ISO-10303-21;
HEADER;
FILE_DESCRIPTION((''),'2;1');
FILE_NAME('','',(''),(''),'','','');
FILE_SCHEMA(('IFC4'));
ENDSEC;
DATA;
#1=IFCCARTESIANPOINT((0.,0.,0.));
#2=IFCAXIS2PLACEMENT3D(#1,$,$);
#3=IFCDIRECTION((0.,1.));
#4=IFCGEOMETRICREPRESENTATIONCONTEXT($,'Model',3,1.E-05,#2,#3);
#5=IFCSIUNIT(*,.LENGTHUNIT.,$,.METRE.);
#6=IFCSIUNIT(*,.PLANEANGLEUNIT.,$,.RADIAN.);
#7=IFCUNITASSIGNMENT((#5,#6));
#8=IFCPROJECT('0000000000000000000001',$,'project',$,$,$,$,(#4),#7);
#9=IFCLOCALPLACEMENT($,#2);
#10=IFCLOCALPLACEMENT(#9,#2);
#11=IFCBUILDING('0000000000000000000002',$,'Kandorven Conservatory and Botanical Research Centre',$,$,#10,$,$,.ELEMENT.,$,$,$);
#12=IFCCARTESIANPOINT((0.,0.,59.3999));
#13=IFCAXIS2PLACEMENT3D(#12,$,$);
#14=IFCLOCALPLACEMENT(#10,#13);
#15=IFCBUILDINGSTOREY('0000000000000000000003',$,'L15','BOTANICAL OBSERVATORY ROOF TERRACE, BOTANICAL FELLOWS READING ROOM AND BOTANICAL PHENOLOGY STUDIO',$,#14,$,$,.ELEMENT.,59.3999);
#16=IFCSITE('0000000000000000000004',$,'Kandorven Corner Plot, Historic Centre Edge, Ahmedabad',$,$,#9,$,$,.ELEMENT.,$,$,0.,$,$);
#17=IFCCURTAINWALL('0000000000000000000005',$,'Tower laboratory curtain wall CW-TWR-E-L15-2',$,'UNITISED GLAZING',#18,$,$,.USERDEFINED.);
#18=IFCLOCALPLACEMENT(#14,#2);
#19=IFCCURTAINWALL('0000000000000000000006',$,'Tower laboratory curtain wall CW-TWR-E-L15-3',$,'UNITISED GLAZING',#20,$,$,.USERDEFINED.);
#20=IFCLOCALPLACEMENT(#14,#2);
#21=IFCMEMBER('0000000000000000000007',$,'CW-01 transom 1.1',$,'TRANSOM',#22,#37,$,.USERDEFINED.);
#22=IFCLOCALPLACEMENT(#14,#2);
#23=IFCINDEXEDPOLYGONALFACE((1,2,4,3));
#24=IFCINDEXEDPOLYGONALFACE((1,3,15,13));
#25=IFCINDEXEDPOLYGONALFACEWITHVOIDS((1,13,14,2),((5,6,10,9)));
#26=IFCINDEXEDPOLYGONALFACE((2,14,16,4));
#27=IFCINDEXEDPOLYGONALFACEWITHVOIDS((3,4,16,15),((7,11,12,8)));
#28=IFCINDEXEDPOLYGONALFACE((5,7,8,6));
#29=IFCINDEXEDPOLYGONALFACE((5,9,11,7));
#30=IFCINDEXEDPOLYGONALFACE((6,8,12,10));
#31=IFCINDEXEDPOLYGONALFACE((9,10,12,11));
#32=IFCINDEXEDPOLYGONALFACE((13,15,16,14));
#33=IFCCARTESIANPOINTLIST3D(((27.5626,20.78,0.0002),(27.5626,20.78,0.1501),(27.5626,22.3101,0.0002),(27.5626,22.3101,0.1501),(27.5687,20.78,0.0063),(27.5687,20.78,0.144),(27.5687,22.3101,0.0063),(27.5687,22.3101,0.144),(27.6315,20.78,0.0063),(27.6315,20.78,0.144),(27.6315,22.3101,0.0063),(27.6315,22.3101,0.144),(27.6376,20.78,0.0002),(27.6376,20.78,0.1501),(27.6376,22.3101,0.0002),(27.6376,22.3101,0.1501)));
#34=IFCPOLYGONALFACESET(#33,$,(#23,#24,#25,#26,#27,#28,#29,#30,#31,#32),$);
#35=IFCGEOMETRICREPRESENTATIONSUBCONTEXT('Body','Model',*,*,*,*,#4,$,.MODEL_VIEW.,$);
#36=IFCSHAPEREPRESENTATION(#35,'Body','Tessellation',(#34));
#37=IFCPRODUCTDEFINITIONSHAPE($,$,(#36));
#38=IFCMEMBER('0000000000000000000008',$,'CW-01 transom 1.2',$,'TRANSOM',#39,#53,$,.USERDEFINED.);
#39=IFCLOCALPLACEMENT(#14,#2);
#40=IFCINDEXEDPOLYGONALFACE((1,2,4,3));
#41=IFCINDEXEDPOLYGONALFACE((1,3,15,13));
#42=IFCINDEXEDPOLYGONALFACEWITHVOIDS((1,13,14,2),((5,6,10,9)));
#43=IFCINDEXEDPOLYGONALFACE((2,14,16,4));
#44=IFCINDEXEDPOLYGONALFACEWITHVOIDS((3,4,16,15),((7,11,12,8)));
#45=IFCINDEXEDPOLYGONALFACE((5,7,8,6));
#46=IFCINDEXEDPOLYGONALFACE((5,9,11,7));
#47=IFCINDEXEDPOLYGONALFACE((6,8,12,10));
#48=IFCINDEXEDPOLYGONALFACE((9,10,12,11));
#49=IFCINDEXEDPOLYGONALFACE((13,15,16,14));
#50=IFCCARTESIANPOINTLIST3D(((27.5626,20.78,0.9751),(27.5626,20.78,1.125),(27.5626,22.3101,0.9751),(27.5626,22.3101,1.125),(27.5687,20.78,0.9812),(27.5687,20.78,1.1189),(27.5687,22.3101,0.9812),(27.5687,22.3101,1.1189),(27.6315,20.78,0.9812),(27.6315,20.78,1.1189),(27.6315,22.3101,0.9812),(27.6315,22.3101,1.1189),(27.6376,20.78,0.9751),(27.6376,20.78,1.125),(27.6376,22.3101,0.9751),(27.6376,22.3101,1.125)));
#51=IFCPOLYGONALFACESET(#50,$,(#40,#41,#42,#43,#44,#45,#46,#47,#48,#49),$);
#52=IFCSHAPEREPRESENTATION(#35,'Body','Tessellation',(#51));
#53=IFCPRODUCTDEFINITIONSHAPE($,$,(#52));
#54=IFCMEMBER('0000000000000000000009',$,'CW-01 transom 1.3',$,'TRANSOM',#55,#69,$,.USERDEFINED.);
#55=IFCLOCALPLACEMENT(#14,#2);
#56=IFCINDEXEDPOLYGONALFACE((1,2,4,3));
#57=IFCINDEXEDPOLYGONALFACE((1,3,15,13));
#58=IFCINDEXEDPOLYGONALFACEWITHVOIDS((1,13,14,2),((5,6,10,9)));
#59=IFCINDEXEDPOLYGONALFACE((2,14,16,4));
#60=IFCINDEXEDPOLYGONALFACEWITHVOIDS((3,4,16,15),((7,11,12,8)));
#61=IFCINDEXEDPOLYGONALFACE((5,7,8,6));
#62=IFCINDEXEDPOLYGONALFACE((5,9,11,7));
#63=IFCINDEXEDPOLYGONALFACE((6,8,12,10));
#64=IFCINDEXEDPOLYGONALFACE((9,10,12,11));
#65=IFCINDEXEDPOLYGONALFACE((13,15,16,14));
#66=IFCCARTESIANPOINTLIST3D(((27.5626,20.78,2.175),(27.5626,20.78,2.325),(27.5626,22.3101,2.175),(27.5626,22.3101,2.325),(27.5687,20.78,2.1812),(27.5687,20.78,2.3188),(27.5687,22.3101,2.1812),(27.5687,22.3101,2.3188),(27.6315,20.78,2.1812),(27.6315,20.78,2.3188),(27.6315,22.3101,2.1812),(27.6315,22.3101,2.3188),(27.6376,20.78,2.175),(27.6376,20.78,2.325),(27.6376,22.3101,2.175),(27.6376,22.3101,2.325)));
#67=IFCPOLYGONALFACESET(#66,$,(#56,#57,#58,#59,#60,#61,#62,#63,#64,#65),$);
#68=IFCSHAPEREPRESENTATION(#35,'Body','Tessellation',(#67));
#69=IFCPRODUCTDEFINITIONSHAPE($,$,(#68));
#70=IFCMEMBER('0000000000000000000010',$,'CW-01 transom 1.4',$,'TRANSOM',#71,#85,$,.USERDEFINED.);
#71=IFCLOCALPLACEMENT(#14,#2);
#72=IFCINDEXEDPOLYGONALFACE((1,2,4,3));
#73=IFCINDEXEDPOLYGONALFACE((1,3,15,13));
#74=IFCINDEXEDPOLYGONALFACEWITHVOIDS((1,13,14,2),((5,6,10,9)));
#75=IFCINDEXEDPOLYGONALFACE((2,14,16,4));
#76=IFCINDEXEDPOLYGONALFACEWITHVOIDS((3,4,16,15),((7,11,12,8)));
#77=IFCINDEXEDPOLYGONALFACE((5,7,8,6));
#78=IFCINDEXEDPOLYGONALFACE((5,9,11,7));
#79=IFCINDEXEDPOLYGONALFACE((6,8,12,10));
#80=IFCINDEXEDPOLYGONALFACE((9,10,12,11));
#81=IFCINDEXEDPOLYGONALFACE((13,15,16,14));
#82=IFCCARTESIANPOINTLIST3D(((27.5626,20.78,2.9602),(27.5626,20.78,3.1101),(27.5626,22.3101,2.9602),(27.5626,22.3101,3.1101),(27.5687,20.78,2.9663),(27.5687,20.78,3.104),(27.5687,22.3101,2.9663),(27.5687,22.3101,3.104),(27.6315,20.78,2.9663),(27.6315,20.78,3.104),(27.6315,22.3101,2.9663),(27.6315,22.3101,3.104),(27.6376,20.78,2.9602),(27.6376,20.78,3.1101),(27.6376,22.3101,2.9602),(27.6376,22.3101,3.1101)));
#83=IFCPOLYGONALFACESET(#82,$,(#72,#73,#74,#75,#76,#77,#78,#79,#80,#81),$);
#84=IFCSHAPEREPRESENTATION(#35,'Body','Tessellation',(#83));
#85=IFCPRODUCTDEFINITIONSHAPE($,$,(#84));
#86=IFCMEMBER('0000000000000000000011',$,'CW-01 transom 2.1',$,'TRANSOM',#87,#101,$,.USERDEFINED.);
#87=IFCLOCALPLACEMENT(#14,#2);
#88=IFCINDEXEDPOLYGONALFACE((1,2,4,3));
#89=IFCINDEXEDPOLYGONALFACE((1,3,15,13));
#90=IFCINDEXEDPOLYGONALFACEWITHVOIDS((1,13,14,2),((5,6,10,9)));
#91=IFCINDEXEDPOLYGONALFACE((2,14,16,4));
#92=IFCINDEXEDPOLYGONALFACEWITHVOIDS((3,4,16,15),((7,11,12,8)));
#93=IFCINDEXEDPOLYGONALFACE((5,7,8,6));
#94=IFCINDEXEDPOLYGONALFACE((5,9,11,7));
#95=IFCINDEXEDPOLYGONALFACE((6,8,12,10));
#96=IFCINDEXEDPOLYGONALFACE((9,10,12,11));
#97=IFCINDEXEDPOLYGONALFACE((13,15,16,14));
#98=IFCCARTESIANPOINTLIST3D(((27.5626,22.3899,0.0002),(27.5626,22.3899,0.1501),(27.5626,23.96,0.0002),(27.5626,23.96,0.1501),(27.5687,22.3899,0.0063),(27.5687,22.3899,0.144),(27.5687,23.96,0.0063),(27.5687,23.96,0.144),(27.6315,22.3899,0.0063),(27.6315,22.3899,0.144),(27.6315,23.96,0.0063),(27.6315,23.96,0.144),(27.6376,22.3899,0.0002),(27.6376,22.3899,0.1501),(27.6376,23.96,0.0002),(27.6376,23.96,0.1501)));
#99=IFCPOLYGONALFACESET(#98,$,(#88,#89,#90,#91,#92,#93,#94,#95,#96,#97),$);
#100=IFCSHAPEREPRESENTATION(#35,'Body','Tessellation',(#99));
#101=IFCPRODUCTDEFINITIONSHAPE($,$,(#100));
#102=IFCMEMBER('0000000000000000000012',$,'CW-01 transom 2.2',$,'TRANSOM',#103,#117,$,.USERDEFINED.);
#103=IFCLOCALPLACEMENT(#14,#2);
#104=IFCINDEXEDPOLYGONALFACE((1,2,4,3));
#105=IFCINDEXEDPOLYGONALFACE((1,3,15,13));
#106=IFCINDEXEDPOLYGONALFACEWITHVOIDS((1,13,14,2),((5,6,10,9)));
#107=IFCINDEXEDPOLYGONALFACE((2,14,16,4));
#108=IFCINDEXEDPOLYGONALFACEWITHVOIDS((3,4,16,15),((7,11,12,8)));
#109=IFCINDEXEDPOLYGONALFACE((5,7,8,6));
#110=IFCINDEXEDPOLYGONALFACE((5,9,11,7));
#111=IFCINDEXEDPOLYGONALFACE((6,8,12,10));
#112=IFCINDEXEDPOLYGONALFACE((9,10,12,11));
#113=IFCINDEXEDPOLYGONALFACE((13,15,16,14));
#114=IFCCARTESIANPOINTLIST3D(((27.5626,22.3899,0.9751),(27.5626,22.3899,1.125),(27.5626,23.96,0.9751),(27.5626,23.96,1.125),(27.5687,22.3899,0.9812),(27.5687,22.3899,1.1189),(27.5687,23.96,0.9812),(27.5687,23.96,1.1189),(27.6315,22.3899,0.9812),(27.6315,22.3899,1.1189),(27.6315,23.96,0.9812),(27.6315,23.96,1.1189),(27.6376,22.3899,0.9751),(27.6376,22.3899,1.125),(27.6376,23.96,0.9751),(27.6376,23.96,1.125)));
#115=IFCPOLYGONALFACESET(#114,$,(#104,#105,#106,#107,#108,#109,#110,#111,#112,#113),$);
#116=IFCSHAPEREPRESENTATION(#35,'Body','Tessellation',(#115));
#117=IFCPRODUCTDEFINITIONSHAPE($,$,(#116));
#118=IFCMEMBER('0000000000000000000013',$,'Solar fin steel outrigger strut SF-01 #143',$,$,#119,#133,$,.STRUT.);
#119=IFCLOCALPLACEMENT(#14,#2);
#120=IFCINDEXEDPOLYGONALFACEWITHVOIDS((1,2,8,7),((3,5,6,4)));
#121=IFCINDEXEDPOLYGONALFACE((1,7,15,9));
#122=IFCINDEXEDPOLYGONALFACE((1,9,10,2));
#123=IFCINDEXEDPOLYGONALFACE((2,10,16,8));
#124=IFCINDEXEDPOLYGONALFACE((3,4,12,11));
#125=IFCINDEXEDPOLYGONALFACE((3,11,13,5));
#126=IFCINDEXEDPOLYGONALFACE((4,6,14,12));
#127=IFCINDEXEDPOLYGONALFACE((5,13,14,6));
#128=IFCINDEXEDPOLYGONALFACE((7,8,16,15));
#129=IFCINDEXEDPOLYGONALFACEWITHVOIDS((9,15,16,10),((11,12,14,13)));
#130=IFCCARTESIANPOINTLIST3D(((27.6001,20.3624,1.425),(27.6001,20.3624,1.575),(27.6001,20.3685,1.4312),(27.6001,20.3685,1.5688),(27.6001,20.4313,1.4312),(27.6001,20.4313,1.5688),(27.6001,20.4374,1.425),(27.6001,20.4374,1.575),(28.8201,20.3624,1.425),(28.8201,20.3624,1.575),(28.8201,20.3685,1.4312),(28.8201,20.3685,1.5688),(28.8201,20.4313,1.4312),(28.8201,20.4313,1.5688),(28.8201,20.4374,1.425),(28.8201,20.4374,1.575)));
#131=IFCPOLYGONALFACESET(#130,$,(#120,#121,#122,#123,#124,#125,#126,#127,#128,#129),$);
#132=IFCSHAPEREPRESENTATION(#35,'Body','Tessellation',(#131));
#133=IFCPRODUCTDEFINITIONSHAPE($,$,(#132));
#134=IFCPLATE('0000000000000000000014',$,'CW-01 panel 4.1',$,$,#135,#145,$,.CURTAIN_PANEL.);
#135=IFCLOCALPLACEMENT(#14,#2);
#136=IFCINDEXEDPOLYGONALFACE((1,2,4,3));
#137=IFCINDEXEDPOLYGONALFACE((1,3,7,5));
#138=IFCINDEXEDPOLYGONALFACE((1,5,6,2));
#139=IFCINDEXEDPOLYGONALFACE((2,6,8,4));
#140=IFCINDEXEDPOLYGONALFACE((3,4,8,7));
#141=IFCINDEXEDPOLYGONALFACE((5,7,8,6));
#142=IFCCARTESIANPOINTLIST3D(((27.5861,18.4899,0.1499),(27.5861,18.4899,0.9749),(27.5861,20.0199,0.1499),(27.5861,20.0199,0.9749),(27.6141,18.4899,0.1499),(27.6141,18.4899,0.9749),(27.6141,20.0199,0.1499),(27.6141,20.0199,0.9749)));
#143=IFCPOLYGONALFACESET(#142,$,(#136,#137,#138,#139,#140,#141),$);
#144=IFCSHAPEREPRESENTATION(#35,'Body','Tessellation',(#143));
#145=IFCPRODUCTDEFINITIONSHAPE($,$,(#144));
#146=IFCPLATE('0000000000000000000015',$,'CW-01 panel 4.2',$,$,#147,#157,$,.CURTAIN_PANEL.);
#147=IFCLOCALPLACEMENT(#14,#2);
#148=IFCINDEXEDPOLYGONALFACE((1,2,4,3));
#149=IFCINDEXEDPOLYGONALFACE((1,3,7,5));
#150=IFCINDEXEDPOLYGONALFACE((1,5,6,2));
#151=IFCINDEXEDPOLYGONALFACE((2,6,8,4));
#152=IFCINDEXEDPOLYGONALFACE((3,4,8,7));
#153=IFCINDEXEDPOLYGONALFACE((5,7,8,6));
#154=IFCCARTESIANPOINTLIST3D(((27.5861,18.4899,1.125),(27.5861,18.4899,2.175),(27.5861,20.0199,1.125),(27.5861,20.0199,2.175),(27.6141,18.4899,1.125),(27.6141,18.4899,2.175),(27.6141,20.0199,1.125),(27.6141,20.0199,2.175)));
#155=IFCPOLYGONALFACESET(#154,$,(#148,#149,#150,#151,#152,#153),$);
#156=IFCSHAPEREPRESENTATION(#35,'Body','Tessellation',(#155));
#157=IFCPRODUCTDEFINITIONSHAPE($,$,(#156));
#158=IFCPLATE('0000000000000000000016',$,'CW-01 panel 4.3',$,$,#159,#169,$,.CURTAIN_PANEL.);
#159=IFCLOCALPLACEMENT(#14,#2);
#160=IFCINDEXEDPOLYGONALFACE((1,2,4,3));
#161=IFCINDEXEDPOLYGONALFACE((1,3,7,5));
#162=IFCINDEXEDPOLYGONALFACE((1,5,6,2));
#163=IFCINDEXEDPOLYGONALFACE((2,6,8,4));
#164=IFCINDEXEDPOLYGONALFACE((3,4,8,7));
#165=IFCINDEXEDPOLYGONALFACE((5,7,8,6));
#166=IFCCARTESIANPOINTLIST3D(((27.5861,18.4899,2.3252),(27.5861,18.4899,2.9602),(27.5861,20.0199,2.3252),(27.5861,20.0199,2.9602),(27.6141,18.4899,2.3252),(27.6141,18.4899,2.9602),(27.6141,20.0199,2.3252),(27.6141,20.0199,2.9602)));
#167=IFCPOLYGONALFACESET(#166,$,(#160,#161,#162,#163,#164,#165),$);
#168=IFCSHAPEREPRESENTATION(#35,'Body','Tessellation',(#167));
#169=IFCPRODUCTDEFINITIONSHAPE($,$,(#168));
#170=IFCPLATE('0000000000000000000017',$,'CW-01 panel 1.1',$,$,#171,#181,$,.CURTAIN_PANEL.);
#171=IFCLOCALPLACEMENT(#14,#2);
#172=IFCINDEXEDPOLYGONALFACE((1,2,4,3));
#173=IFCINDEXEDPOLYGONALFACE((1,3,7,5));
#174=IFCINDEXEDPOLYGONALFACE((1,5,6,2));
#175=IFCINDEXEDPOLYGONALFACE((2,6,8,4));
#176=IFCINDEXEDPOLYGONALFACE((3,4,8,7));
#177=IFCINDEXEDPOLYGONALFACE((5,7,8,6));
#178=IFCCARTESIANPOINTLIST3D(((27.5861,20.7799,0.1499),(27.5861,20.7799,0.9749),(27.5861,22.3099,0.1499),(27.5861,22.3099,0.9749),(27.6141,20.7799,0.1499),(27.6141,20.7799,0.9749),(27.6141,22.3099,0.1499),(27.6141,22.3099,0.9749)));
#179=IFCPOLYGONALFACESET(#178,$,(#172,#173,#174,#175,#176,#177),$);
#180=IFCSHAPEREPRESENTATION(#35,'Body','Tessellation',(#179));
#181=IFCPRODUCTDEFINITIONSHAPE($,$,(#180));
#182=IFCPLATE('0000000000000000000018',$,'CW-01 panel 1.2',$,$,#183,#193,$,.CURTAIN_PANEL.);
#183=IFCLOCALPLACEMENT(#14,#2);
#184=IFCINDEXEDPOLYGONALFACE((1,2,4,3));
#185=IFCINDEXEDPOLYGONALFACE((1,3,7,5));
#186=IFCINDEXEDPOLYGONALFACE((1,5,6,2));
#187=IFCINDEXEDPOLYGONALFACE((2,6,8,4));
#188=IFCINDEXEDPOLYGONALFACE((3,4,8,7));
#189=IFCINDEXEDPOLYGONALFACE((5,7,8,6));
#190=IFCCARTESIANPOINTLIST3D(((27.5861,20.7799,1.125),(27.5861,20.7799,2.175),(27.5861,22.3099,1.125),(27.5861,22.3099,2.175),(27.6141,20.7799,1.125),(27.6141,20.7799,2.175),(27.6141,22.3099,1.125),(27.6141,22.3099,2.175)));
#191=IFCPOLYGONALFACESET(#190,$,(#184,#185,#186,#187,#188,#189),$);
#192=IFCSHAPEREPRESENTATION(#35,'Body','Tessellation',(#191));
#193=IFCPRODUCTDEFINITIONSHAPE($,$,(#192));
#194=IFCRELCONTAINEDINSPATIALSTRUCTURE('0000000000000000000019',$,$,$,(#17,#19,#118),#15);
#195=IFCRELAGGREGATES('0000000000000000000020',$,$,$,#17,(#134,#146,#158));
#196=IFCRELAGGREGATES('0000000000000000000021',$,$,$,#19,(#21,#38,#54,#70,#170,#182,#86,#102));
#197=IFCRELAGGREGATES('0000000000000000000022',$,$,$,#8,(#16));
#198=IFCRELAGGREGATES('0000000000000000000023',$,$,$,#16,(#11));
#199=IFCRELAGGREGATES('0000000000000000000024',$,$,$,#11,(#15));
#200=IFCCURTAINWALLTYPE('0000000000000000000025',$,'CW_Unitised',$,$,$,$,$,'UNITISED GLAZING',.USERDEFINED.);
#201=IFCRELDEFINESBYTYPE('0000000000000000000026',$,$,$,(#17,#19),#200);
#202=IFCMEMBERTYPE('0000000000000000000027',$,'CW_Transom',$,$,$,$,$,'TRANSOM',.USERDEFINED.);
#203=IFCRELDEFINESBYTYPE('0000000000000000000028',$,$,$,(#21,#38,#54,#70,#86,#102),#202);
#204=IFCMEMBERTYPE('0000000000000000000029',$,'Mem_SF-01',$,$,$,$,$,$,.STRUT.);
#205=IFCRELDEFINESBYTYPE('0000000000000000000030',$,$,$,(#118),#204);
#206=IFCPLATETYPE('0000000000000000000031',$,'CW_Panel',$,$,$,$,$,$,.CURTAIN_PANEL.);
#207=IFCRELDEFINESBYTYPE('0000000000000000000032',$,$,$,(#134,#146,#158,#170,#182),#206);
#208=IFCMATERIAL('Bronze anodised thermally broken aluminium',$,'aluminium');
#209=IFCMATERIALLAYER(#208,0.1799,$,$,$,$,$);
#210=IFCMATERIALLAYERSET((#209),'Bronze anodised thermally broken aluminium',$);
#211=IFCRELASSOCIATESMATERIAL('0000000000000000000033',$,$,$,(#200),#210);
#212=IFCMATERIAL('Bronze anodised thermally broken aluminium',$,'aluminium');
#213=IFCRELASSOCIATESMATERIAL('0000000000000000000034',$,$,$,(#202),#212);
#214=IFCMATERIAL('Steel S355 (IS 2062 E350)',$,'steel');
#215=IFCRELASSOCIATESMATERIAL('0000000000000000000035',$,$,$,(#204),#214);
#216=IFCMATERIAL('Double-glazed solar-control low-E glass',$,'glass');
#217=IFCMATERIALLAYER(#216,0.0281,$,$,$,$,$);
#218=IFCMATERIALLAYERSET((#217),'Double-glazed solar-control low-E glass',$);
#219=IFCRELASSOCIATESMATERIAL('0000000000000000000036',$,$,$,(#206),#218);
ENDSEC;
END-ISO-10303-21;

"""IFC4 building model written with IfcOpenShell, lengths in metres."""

from ifc_helpers import new_model, si_unit, direction, frame, origin, origin_2d, place, context, subcontext, project, spatial, rectangle, hollow_rectangle, extrude, material, layer, layer_set, material_profile, profile_set, type_object, element, aggregate, save


model = new_model("IFC4")

# Units and contexts
model_context = context("Model", 3, precision=1e-05, world=origin(), true_north=direction((0.0, 1.0)))
body_context = subcontext(model_context, "Body", "Model", "MODEL_VIEW")
ifc_project = project(units=[si_unit("LENGTHUNIT", "METRE"), si_unit("PLANEANGLEUNIT", "RADIAN")], contexts=[model_context])

# Site, building, storey
site_placement = place(None, origin())
site = spatial("IfcSite", under=ifc_project, at=site_placement, Name="Kandorven Corner Plot, Historic Centre Edge, Ahmedabad", CompositionType="ELEMENT", RefElevation=0.0)
building_placement = place(site_placement, origin())
building = spatial("IfcBuilding", under=site, at=building_placement, Name="Kandorven Conservatory and Botanical Research Centre", CompositionType="ELEMENT")
storey_placement = place(building_placement, frame((0.0, 0.0, 59.3999)))
storey = spatial("IfcBuildingStorey", under=building, at=storey_placement, Name="L15", Description="BOTANICAL OBSERVATORY ROOF TERRACE, BOTANICAL FELLOWS READING ROOM AND BOTANICAL PHENOLOGY STUDIO", CompositionType="ELEMENT", Elevation=59.3999)

# Curtain walls
ifc_material_1 = material(Name="Bronze anodised thermally broken aluminium", Category="aluminium")
ifc_layer_1 = layer(ifc_material_1, 0.1799)
ifc_layer_set_1 = layer_set([ifc_layer_1], Name="Bronze anodised thermally broken aluminium")
curtain_wall_type = type_object("IfcCurtainWallType", Name="CW_Unitised", ElementType="UNITISED GLAZING", PredefinedType="USERDEFINED", material=ifc_layer_set_1)
curtain_wall_1_placement = place(storey_placement, origin())
curtain_wall_1 = element("IfcCurtainWall", 1, at=curtain_wall_1_placement, inside=storey, type_object=curtain_wall_type, Name="Tower laboratory curtain wall CW-TWR-E-L15-2", ObjectType="UNITISED GLAZING", PredefinedType="USERDEFINED")
curtain_wall_2_placement = place(storey_placement, origin())
curtain_wall_2 = element("IfcCurtainWall", 2, at=curtain_wall_2_placement, inside=storey, type_object=curtain_wall_type, Name="Tower laboratory curtain wall CW-TWR-E-L15-3", ObjectType="UNITISED GLAZING", PredefinedType="USERDEFINED")

# Members
ifc_material_2 = material(Name="Bronze anodised thermally broken aluminium", Category="aluminium")
ifc_material_profile_1 = material_profile(ifc_material_2, hollow_rectangle(XDim=0.075, YDim=0.1499, WallThickness=0.0061, at=origin_2d()))
ifc_profile_set_1 = profile_set([ifc_material_profile_1], Name="Bronze anodised thermally broken aluminium")
member_type_1 = type_object("IfcMemberType", Name="CW_Transom", ElementType="TRANSOM", PredefinedType="USERDEFINED", material=ifc_profile_set_1)
member_1_placement = place(storey_placement, frame((27.6001, 20.78, 0.0752), z_axis=(0.0, 1.0, 0.0), x_axis=(-1.0, 0.0, 0.0)))
member_1 = element("IfcMember", 3, at=member_1_placement, type_object=member_type_1, Name="CW-01 transom 1.1", ObjectType="TRANSOM", PredefinedType="USERDEFINED", context=body_context, shape_type="SweptSolid", body=[
    extrude(hollow_rectangle(XDim=0.075, YDim=0.1499, WallThickness=0.0061, at=origin_2d()), origin(), (0.0, 0.0, 1.0), 1.53),
])
member_2_placement = place(storey_placement, frame((27.6001, 20.78, 1.05), z_axis=(0.0, 1.0, 0.0), x_axis=(-1.0, 0.0, 0.0)))
member_2 = element("IfcMember", 4, at=member_2_placement, type_object=member_type_1, Name="CW-01 transom 1.2", ObjectType="TRANSOM", PredefinedType="USERDEFINED", context=body_context, shape_type="SweptSolid", body=[
    extrude(hollow_rectangle(XDim=0.075, YDim=0.1499, WallThickness=0.0061, at=origin_2d()), origin(), (0.0, 0.0, 1.0), 1.53),
])
member_3_placement = place(storey_placement, frame((27.6001, 20.78, 2.25), z_axis=(0.0, 1.0, 0.0), x_axis=(-1.0, 0.0, 0.0)))
member_3 = element("IfcMember", 5, at=member_3_placement, type_object=member_type_1, Name="CW-01 transom 1.3", ObjectType="TRANSOM", PredefinedType="USERDEFINED", context=body_context, shape_type="SweptSolid", body=[
    extrude(hollow_rectangle(XDim=0.075, YDim=0.1499, WallThickness=0.0061, at=origin_2d()), origin(), (0.0, 0.0, 1.0), 1.53),
])
member_4_placement = place(storey_placement, frame((27.6001, 20.78, 3.0352), z_axis=(0.0, 1.0, 0.0), x_axis=(-1.0, 0.0, 0.0)))
member_4 = element("IfcMember", 6, at=member_4_placement, type_object=member_type_1, Name="CW-01 transom 1.4", ObjectType="TRANSOM", PredefinedType="USERDEFINED", context=body_context, shape_type="SweptSolid", body=[
    extrude(hollow_rectangle(XDim=0.075, YDim=0.1499, WallThickness=0.0061, at=origin_2d()), origin(), (0.0, 0.0, 1.0), 1.53),
])
member_5_placement = place(storey_placement, frame((27.6001, 22.3899, 0.0752), z_axis=(0.0, 1.0, 0.0), x_axis=(-1.0, 0.0, 0.0)))
member_5 = element("IfcMember", 7, at=member_5_placement, type_object=member_type_1, Name="CW-01 transom 2.1", ObjectType="TRANSOM", PredefinedType="USERDEFINED", context=body_context, shape_type="SweptSolid", body=[
    extrude(hollow_rectangle(XDim=0.075, YDim=0.1499, WallThickness=0.0061, at=origin_2d()), origin(), (0.0, 0.0, 1.0), 1.5701),
])
member_6_placement = place(storey_placement, frame((27.6001, 22.3899, 1.05), z_axis=(0.0, 1.0, 0.0), x_axis=(-1.0, 0.0, 0.0)))
member_6 = element("IfcMember", 8, at=member_6_placement, type_object=member_type_1, Name="CW-01 transom 2.2", ObjectType="TRANSOM", PredefinedType="USERDEFINED", context=body_context, shape_type="SweptSolid", body=[
    extrude(hollow_rectangle(XDim=0.075, YDim=0.1499, WallThickness=0.0061, at=origin_2d()), origin(), (0.0, 0.0, 1.0), 1.5701),
])
ifc_material_3 = material(Name="Steel S355 (IS 2062 E350)", Category="steel")
ifc_material_profile_2 = material_profile(ifc_material_3, hollow_rectangle(XDim=0.075, YDim=0.1499, WallThickness=0.0061, at=origin_2d()))
ifc_profile_set_2 = profile_set([ifc_material_profile_2], Name="Steel S355 (IS 2062 E350)")
member_type_2 = type_object("IfcMemberType", Name="Mem_SF-01", PredefinedType="STRUT", material=ifc_profile_set_2)
member_7_placement = place(storey_placement, frame((27.6001, 20.3999, 1.5), z_axis=(1.0, 0.0, 0.0), x_axis=(0.0, 1.0, 0.0)))
element("IfcMember", 9, at=member_7_placement, inside=storey, type_object=member_type_2, Name="Solar fin steel outrigger strut SF-01 #143", PredefinedType="STRUT", context=body_context, shape_type="SweptSolid", body=[
    extrude(hollow_rectangle(XDim=0.075, YDim=0.1499, WallThickness=0.0061, at=origin_2d()), origin(), (0.0, 0.0, 1.0), 1.22),
])

# Plates
ifc_material_4 = material(Name="Double-glazed solar-control low-E glass", Category="glass")
ifc_layer_2 = layer(ifc_material_4, 0.0281)
ifc_layer_set_2 = layer_set([ifc_layer_2], Name="Double-glazed solar-control low-E glass")
plate_type_1 = type_object("IfcPlateType", Name="CW_Panel", PredefinedType="CURTAIN_PANEL", material=ifc_layer_set_2)
plate_1_placement = place(storey_placement, frame((27.6001, 19.2549, 0.1499), z_axis=(0.0, 0.0, 1.0), x_axis=(0.0, 1.0, 0.0)))
plate_1 = element("IfcPlate", 10, at=plate_1_placement, type_object=plate_type_1, Name="CW-01 panel 4.1", PredefinedType="CURTAIN_PANEL", context=body_context, shape_type="SweptSolid", body=[
    extrude(rectangle(XDim=1.53, YDim=0.0281, at=origin_2d()), origin(), (0.0, 0.0, 1.0), 0.825),
])
plate_2_placement = place(storey_placement, frame((27.6001, 19.2549, 1.125), z_axis=(0.0, 0.0, 1.0), x_axis=(0.0, 1.0, 0.0)))
plate_2 = element("IfcPlate", 11, at=plate_2_placement, type_object=plate_type_1, Name="CW-01 panel 4.2", PredefinedType="CURTAIN_PANEL", context=body_context, shape_type="SweptSolid", body=[
    extrude(rectangle(XDim=1.53, YDim=0.0281, at=origin_2d()), origin(), (0.0, 0.0, 1.0), 1.05),
])
plate_3_placement = place(storey_placement, frame((27.6001, 19.2549, 2.3252), z_axis=(0.0, 0.0, 1.0), x_axis=(0.0, 1.0, 0.0)))
plate_3 = element("IfcPlate", 12, at=plate_3_placement, type_object=plate_type_1, Name="CW-01 panel 4.3", PredefinedType="CURTAIN_PANEL", context=body_context, shape_type="SweptSolid", body=[
    extrude(rectangle(XDim=1.53, YDim=0.0281, at=origin_2d()), origin(), (0.0, 0.0, 1.0), 0.635),
])
aggregate(curtain_wall_1, [plate_1, plate_2, plate_3])
plate_4_placement = place(storey_placement, frame((27.6001, 21.5449, 0.1499), z_axis=(0.0, 0.0, 1.0), x_axis=(0.0, 1.0, 0.0)))
plate_4 = element("IfcPlate", 13, at=plate_4_placement, type_object=plate_type_1, Name="CW-01 panel 1.1", PredefinedType="CURTAIN_PANEL", context=body_context, shape_type="SweptSolid", body=[
    extrude(rectangle(XDim=1.53, YDim=0.0281, at=origin_2d()), origin(), (0.0, 0.0, 1.0), 0.825),
])
plate_5_placement = place(storey_placement, frame((27.6001, 21.5449, 1.125), z_axis=(0.0, 0.0, 1.0), x_axis=(0.0, 1.0, 0.0)))
plate_5 = element("IfcPlate", 14, at=plate_5_placement, type_object=plate_type_1, Name="CW-01 panel 1.2", PredefinedType="CURTAIN_PANEL", context=body_context, shape_type="SweptSolid", body=[
    extrude(rectangle(XDim=1.53, YDim=0.0281, at=origin_2d()), origin(), (0.0, 0.0, 1.0), 1.05),
])
aggregate(curtain_wall_2, [member_1, member_2, member_3, member_4, plate_4, plate_5, member_5, member_6])

save(model, "model.ifc")
